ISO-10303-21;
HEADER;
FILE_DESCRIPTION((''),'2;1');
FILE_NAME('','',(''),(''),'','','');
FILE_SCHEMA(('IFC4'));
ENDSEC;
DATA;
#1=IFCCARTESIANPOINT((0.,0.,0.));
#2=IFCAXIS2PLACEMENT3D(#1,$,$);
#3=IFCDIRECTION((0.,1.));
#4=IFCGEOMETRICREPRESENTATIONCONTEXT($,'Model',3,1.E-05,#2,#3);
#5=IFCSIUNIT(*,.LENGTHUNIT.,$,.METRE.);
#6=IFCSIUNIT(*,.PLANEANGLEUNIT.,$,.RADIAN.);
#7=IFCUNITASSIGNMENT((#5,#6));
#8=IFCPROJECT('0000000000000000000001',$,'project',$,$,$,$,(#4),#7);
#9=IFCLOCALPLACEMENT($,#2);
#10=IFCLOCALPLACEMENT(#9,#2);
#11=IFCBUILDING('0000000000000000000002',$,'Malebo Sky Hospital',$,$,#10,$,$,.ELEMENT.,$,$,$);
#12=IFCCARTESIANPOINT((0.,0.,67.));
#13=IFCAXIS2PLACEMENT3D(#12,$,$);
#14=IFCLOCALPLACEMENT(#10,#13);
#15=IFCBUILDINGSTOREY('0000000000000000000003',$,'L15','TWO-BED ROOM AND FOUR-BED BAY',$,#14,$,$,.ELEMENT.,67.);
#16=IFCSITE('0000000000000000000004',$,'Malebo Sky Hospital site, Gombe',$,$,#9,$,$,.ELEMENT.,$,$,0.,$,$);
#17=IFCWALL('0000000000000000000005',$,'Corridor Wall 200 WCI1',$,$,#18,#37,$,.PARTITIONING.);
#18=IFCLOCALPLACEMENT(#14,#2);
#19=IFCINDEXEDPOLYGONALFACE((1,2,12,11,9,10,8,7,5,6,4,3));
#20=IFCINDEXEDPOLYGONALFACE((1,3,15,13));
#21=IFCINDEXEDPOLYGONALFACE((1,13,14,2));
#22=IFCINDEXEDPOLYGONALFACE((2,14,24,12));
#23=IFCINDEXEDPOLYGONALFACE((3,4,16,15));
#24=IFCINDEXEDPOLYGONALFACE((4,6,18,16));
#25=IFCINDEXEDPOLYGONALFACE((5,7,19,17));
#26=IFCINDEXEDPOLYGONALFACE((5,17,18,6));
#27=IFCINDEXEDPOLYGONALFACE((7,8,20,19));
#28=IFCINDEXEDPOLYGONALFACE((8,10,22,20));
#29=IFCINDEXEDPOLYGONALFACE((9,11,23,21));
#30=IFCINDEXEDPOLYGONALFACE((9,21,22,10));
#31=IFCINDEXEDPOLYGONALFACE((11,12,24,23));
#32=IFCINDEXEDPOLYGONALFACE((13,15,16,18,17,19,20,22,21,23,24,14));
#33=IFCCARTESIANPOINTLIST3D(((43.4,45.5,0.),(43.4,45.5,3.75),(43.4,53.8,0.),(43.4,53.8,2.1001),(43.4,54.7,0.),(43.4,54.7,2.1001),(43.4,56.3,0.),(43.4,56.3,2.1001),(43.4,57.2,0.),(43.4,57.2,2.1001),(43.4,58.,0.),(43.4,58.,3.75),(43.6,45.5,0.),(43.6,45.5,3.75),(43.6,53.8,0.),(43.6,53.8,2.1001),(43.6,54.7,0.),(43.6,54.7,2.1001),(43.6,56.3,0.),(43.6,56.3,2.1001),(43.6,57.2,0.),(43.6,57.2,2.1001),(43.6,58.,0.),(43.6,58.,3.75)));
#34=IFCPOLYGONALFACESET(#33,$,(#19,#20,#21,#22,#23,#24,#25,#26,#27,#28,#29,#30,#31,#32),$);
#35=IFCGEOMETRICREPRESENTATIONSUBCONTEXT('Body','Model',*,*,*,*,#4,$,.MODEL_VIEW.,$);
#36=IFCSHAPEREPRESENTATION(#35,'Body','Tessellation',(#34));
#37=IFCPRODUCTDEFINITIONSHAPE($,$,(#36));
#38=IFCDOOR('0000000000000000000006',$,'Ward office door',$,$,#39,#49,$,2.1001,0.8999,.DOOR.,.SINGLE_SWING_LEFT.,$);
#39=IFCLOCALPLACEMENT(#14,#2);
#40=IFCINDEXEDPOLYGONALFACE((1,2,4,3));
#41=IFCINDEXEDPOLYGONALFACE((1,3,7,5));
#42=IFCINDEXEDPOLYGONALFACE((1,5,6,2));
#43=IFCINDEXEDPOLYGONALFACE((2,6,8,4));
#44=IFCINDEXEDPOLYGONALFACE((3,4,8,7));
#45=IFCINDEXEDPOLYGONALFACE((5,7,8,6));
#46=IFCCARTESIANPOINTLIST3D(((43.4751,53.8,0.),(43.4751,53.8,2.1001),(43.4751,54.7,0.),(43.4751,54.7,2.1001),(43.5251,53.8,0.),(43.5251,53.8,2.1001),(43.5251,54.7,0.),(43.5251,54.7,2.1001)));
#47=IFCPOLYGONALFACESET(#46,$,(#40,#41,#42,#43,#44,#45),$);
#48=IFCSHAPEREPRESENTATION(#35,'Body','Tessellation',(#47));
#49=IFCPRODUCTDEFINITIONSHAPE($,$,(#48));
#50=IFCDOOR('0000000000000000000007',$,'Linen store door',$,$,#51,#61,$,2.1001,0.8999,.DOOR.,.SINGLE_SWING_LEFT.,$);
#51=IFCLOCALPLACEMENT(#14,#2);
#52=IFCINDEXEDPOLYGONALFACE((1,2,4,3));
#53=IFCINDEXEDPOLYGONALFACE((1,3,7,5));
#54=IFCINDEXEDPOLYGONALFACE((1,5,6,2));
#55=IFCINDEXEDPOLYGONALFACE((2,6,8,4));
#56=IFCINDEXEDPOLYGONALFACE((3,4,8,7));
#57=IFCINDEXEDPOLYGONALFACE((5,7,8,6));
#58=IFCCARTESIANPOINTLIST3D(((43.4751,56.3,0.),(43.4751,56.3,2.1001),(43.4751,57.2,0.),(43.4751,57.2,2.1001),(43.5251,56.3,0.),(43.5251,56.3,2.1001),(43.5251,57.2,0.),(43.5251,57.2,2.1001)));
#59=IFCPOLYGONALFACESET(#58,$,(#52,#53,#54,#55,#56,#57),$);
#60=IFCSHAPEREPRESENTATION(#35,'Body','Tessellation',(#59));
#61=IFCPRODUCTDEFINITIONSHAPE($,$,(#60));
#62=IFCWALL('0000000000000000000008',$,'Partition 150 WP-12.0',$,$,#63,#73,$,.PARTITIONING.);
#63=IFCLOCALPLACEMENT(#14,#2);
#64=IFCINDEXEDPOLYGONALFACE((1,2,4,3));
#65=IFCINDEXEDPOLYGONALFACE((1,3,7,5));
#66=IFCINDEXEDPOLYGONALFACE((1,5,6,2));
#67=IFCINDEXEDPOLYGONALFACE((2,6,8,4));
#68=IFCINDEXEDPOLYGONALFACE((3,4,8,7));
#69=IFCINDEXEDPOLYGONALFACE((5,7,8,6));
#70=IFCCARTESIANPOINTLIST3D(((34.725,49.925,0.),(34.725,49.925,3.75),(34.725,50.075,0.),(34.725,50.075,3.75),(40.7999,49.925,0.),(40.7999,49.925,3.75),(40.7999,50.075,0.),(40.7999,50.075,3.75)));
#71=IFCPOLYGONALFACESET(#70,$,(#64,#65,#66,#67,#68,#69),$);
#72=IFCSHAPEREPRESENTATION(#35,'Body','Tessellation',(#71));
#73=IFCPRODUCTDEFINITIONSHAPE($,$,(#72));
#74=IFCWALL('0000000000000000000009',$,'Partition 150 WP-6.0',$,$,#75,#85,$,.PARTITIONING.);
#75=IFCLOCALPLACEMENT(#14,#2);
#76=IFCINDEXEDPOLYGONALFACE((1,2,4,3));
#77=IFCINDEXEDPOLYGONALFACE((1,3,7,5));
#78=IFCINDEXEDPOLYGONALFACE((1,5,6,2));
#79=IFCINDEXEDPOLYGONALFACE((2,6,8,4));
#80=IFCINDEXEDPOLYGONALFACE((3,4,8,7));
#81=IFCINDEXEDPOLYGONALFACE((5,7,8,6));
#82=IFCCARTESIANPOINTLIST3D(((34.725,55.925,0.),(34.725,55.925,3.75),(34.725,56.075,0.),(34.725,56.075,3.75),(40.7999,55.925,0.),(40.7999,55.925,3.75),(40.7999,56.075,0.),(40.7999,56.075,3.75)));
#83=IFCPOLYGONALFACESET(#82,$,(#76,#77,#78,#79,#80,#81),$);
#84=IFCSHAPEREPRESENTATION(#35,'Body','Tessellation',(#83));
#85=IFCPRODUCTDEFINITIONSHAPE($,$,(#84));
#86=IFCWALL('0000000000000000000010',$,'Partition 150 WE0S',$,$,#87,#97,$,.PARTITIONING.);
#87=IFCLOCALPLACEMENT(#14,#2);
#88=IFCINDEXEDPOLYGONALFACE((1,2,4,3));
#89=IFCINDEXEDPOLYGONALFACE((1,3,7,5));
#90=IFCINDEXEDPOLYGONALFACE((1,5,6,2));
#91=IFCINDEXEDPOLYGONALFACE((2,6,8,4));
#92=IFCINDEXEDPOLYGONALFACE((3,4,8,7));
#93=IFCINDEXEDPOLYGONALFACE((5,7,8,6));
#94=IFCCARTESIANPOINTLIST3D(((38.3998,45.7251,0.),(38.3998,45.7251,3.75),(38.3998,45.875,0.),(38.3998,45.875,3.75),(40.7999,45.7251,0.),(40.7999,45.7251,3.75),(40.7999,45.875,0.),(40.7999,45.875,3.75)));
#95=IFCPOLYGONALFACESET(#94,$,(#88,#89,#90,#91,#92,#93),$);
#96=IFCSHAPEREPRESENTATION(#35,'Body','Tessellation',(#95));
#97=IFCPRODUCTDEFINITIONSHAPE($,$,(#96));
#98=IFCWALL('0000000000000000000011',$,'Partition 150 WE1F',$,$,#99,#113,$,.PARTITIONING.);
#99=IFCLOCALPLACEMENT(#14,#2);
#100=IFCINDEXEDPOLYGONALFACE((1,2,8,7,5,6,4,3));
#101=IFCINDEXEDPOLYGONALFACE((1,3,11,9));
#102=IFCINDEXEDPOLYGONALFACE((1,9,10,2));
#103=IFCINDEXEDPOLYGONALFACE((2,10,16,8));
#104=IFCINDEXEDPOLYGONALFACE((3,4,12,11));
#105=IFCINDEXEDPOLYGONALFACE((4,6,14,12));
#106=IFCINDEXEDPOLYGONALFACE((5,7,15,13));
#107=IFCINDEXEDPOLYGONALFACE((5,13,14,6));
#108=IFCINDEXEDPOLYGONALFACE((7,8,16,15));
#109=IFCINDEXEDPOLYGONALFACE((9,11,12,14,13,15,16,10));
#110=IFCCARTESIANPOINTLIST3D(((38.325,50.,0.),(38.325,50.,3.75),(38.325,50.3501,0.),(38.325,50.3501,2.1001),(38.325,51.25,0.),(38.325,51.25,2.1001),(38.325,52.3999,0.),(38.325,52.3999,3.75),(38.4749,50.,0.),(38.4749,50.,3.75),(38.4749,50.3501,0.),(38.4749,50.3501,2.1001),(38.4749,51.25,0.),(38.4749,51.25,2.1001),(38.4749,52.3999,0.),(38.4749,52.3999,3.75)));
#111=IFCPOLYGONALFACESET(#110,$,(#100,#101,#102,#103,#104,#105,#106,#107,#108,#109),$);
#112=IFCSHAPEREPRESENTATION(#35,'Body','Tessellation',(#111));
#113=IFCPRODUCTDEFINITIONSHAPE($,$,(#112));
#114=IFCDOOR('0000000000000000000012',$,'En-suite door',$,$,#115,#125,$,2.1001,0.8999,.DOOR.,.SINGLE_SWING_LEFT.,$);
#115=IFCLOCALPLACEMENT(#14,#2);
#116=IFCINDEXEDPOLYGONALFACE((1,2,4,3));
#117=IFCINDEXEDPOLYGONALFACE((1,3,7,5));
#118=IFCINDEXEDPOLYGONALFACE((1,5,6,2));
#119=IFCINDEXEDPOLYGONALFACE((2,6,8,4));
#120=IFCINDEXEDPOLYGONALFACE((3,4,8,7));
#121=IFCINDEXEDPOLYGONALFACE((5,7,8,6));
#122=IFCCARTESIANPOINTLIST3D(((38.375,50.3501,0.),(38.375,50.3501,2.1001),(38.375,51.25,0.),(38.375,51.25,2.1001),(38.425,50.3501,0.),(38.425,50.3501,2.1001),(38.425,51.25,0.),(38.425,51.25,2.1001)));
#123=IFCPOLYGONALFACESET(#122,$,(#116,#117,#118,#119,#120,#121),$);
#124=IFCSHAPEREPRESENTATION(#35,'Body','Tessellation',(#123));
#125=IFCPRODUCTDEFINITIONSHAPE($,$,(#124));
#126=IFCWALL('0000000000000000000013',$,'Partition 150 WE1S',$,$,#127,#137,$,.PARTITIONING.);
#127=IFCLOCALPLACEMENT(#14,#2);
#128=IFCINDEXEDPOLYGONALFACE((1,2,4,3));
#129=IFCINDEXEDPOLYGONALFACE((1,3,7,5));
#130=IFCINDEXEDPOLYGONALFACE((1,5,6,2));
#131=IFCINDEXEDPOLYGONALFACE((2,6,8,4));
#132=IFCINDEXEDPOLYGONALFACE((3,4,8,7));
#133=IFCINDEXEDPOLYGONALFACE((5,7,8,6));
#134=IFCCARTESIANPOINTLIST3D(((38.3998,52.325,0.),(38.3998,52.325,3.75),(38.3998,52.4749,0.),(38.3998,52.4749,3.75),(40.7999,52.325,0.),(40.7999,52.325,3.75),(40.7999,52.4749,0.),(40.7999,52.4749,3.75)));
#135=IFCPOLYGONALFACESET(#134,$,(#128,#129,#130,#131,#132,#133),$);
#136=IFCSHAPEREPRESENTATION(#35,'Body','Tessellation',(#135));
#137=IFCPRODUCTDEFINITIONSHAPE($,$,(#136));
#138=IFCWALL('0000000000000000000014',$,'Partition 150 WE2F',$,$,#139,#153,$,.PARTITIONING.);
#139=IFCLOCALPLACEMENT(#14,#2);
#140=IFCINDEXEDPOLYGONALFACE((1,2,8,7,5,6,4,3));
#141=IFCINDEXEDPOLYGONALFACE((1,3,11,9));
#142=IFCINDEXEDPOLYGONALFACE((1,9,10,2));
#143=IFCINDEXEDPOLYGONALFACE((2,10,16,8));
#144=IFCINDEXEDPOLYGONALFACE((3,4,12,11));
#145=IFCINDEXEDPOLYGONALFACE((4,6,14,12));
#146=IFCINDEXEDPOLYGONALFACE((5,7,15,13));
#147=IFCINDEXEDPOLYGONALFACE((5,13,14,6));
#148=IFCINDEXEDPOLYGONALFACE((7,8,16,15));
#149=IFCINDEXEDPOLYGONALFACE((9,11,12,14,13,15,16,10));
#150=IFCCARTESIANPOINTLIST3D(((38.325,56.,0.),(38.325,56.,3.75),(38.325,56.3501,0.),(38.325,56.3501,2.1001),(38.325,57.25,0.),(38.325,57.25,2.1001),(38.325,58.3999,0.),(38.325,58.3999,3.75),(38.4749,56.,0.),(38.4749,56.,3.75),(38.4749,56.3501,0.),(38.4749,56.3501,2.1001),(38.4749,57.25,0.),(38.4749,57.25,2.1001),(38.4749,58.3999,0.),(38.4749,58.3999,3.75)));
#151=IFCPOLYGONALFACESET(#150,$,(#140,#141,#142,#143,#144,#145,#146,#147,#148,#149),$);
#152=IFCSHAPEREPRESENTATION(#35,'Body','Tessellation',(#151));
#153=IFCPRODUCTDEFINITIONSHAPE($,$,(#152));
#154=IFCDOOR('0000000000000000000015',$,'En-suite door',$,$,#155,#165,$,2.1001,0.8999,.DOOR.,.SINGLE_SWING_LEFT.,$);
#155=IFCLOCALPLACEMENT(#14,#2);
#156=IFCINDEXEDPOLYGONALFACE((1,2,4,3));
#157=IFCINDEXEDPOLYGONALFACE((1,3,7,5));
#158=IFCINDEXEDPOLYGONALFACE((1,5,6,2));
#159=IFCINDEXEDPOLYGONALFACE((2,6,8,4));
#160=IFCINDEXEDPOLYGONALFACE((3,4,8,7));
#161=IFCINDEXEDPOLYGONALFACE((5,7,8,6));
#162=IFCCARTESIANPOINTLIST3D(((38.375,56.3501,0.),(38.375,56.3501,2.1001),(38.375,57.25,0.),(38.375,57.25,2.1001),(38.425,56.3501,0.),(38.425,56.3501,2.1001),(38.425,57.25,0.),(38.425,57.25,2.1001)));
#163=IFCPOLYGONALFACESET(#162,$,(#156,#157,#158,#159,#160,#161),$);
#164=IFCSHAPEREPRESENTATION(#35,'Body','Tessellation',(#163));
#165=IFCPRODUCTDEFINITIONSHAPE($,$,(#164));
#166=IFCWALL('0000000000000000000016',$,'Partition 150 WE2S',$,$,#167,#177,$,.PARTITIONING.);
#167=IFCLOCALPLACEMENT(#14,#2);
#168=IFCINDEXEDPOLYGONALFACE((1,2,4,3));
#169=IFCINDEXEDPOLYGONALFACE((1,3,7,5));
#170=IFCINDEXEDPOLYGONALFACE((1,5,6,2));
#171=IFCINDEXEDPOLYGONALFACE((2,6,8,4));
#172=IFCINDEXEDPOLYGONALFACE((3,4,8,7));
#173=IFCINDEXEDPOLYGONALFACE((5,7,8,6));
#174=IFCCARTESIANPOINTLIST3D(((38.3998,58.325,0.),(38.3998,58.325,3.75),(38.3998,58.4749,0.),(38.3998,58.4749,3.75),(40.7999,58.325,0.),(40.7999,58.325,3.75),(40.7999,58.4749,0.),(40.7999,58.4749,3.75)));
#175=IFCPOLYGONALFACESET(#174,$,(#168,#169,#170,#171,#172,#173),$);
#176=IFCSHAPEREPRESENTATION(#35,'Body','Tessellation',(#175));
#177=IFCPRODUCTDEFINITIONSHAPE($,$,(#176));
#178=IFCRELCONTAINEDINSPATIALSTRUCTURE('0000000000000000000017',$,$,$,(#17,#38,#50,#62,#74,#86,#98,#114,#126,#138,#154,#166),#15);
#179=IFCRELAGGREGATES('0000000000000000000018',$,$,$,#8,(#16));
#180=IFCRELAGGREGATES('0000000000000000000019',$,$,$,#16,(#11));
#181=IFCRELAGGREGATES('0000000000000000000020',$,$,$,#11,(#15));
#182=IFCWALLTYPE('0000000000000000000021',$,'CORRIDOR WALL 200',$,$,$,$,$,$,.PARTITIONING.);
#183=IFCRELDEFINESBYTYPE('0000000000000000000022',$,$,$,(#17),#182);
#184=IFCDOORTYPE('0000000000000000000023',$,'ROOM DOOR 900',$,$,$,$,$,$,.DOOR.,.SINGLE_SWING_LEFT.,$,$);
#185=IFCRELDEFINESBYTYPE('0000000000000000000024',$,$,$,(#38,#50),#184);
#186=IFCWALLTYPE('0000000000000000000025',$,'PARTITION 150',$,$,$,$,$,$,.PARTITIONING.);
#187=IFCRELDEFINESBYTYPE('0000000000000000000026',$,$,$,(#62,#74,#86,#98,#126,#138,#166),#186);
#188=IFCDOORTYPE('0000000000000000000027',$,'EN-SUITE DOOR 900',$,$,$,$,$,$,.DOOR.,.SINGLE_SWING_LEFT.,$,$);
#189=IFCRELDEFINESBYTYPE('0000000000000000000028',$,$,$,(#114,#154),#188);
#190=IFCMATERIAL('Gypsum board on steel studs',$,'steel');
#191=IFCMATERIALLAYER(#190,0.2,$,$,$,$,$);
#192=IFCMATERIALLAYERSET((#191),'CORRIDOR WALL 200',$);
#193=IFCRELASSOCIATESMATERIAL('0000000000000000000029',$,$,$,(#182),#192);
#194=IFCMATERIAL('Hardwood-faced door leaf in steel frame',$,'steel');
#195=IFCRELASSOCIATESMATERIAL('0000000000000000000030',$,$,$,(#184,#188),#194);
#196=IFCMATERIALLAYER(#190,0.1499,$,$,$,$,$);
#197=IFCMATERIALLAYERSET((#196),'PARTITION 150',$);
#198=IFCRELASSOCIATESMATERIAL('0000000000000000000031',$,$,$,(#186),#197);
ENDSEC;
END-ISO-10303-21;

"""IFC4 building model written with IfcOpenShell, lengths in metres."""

from ifc_helpers import new_model, si_unit, direction, frame, frame_2d, origin, place, context, subcontext, project, spatial, rectangle, extrude, material, layer, layer_set, type_object, element, fill, save


model = new_model("IFC4")

# Units and contexts
model_context = context("Model", 3, precision=1e-05, world=origin(), true_north=direction((0.0, 1.0)))
body_context = subcontext(model_context, "Body", "Model", "MODEL_VIEW")
ifc_project = project(units=[si_unit("LENGTHUNIT", "METRE"), si_unit("PLANEANGLEUNIT", "RADIAN")], contexts=[model_context])

# Site, building, storey
site_placement = place(None, origin())
site = spatial("IfcSite", under=ifc_project, at=site_placement, Name="Malebo Sky Hospital site, Gombe", CompositionType="ELEMENT", RefElevation=0.0)
building_placement = place(site_placement, origin())
building = spatial("IfcBuilding", under=site, at=building_placement, Name="Malebo Sky Hospital", CompositionType="ELEMENT")
storey_placement = place(building_placement, frame((0.0, 0.0, 67.0)))
storey = spatial("IfcBuildingStorey", under=building, at=storey_placement, Name="L15", Description="TWO-BED ROOM AND FOUR-BED BAY", CompositionType="ELEMENT", Elevation=67.0)

# Wall, openings, doors
ifc_material_1 = material(Name="Gypsum board on steel studs", Category="steel")
ifc_layer_1 = layer(ifc_material_1, 0.2)
ifc_layer_set_1 = layer_set([ifc_layer_1], Name="CORRIDOR WALL 200")
wall_type_1 = type_object("IfcWallType", Name="CORRIDOR WALL 200", PredefinedType="PARTITIONING", material=ifc_layer_set_1)
wall_1_placement = place(storey_placement, frame((43.5, 45.5, 0.0), z_axis=(0.0, 0.0, 1.0), x_axis=(0.0, 1.0, 0.0)))
wall_1 = element("IfcWall", 1, at=wall_1_placement, inside=storey, type_object=wall_type_1, Name="Corridor Wall 200 WCI1", PredefinedType="PARTITIONING", context=body_context, shape_type="SweptSolid", body=[
    extrude(rectangle(XDim=12.5, YDim=0.2, at=frame_2d((6.25, 0.0))), origin(), (0.0, 0.0, 1.0), 3.75),
])
opening_1_placement = place(wall_1_placement, frame((8.3, 0.0, 0.0)))
opening_1 = element("IfcOpeningElement", 2, at=opening_1_placement, cuts=wall_1, PredefinedType="OPENING", context=body_context, shape_type="SweptSolid", body=[
    extrude(rectangle(XDim=0.8999, YDim=2.1001, at=frame_2d((0.45, 1.05))), frame((0.0, 0.1099, 0.0), z_axis=(0.0, -1.0, 0.0), x_axis=(1.0, 0.0, 0.0)), (0.0, 0.0, 1.0), 0.22),
])
opening_2_placement = place(wall_1_placement, frame((10.8, 0.0, 0.0)))
opening_2 = element("IfcOpeningElement", 3, at=opening_2_placement, cuts=wall_1, PredefinedType="OPENING", context=body_context, shape_type="SweptSolid", body=[
    extrude(rectangle(XDim=0.8999, YDim=2.1001, at=frame_2d((0.45, 1.05))), frame((0.0, 0.1099, 0.0), z_axis=(0.0, -1.0, 0.0), x_axis=(1.0, 0.0, 0.0)), (0.0, 0.0, 1.0), 0.22),
])
ifc_material_2 = material(Name="Hardwood-faced door leaf in steel frame", Category="steel")
door_type_1 = type_object("IfcDoorType", Name="ROOM DOOR 900", OperationType="SINGLE_SWING_LEFT", PredefinedType="DOOR", material=ifc_material_2)
door_1_placement = place(opening_1_placement, origin())
door_1 = element("IfcDoor", 4, at=door_1_placement, inside=storey, type_object=door_type_1, Name="Ward office door", OperationType="SINGLE_SWING_LEFT", OverallHeight=2.1001, OverallWidth=0.8999, PredefinedType="DOOR", context=body_context, shape_type="SweptSolid", body=[
    extrude(rectangle(XDim=0.8999, YDim=2.1001, at=frame_2d((0.45, 1.05))), frame((0.0, 0.0249, 0.0), z_axis=(0.0, -1.0, 0.0), x_axis=(1.0, 0.0, 0.0)), (0.0, 0.0, 1.0), 0.05),
])
fill(opening_1, door_1)
door_2_placement = place(opening_2_placement, origin())
door_2 = element("IfcDoor", 5, at=door_2_placement, inside=storey, type_object=door_type_1, Name="Linen store door", OperationType="SINGLE_SWING_LEFT", OverallHeight=2.1001, OverallWidth=0.8999, PredefinedType="DOOR", context=body_context, shape_type="SweptSolid", body=[
    extrude(rectangle(XDim=0.8999, YDim=2.1001, at=frame_2d((0.45, 1.05))), frame((0.0, 0.0249, 0.0), z_axis=(0.0, -1.0, 0.0), x_axis=(1.0, 0.0, 0.0)), (0.0, 0.0, 1.0), 0.05),
])
fill(opening_2, door_2)

# Walls
ifc_layer_2 = layer(ifc_material_1, 0.1499)
ifc_layer_set_2 = layer_set([ifc_layer_2], Name="PARTITION 150")
wall_type_2 = type_object("IfcWallType", Name="PARTITION 150", PredefinedType="PARTITIONING", material=ifc_layer_set_2)
for number, where, z_axis, x_axis, name in (
    (6, (40.8, 50.0, 0.0), (0.0, 0.0, 1.0), (-1.0, 0.0, 0.0), "Partition 150 WP-12.0"),
    (7, (40.8, 56.0, 0.0), (0.0, 0.0, 1.0), (-1.0, 0.0, 0.0), "Partition 150 WP-6.0"),
):
    element("IfcWall", number, at=place(storey_placement, frame(where, z_axis=z_axis, x_axis=x_axis)), inside=storey, type_object=wall_type_2, Name=name, PredefinedType="PARTITIONING", context=body_context, shape_type="SweptSolid", body=[
        extrude(rectangle(XDim=6.075, YDim=0.1499, at=frame_2d((3.0376, 0.0))), origin(), (0.0, 0.0, 1.0), 3.75),
    ])
wall_2_placement = place(storey_placement, frame((40.8, 45.8, 0.0), z_axis=(0.0, 0.0, 1.0), x_axis=(-1.0, 0.0, 0.0)))
element("IfcWall", 8, at=wall_2_placement, inside=storey, type_object=wall_type_2, Name="Partition 150 WE0S", PredefinedType="PARTITIONING", context=body_context, shape_type="SweptSolid", body=[
    extrude(rectangle(XDim=2.4001, YDim=0.1499, at=frame_2d((1.2002, 0.0))), origin(), (0.0, 0.0, 1.0), 3.75),
])

# Wall, opening, door
wall_3_placement = place(storey_placement, frame((38.3999, 50.0, 0.0), z_axis=(0.0, 0.0, 1.0), x_axis=(0.0, 1.0, 0.0)))
wall_3 = element("IfcWall", 9, at=wall_3_placement, inside=storey, type_object=wall_type_2, Name="Partition 150 WE1F", PredefinedType="PARTITIONING", context=body_context, shape_type="SweptSolid", body=[
    extrude(rectangle(XDim=2.3999, YDim=0.1499, at=frame_2d((1.2, 0.0))), origin(), (0.0, 0.0, 1.0), 3.75),
])
opening_3_placement = place(wall_3_placement, frame((0.3501, 0.0, 0.0)))
opening_3 = element("IfcOpeningElement", 10, at=opening_3_placement, cuts=wall_3, PredefinedType="OPENING", context=body_context, shape_type="SweptSolid", body=[
    extrude(rectangle(XDim=0.8999, YDim=2.1001, at=frame_2d((0.45, 1.05))), frame((0.0, 0.085, 0.0), z_axis=(0.0, -1.0, 0.0), x_axis=(1.0, 0.0, 0.0)), (0.0, 0.0, 1.0), 0.1699),
])
door_type_2 = type_object("IfcDoorType", Name="EN-SUITE DOOR 900", OperationType="SINGLE_SWING_LEFT", PredefinedType="DOOR", material=ifc_material_2)
door_3_placement = place(opening_3_placement, origin())
door_3 = element("IfcDoor", 11, at=door_3_placement, inside=storey, type_object=door_type_2, Name="En-suite door", OperationType="SINGLE_SWING_LEFT", OverallHeight=2.1001, OverallWidth=0.8999, PredefinedType="DOOR", context=body_context, shape_type="SweptSolid", body=[
    extrude(rectangle(XDim=0.8999, YDim=2.1001, at=frame_2d((0.45, 1.05))), frame((0.0, 0.0249, 0.0), z_axis=(0.0, -1.0, 0.0), x_axis=(1.0, 0.0, 0.0)), (0.0, 0.0, 1.0), 0.05),
])
fill(opening_3, door_3)

# Wall
wall_4_placement = place(storey_placement, frame((40.8, 52.3999, 0.0), z_axis=(0.0, 0.0, 1.0), x_axis=(-1.0, 0.0, 0.0)))
element("IfcWall", 12, at=wall_4_placement, inside=storey, type_object=wall_type_2, Name="Partition 150 WE1S", PredefinedType="PARTITIONING", context=body_context, shape_type="SweptSolid", body=[
    extrude(rectangle(XDim=2.4001, YDim=0.1499, at=frame_2d((1.2002, 0.0))), origin(), (0.0, 0.0, 1.0), 3.75),
])

# Wall, opening, door
wall_5_placement = place(storey_placement, frame((38.3999, 56.0, 0.0), z_axis=(0.0, 0.0, 1.0), x_axis=(0.0, 1.0, 0.0)))
wall_5 = element("IfcWall", 13, at=wall_5_placement, inside=storey, type_object=wall_type_2, Name="Partition 150 WE2F", PredefinedType="PARTITIONING", context=body_context, shape_type="SweptSolid", body=[
    extrude(rectangle(XDim=2.3999, YDim=0.1499, at=frame_2d((1.2, 0.0))), origin(), (0.0, 0.0, 1.0), 3.75),
])
opening_4_placement = place(wall_5_placement, frame((0.3501, 0.0, 0.0)))
opening_4 = element("IfcOpeningElement", 14, at=opening_4_placement, cuts=wall_5, PredefinedType="OPENING", context=body_context, shape_type="SweptSolid", body=[
    extrude(rectangle(XDim=0.8999, YDim=2.1001, at=frame_2d((0.45, 1.05))), frame((0.0, 0.085, 0.0), z_axis=(0.0, -1.0, 0.0), x_axis=(1.0, 0.0, 0.0)), (0.0, 0.0, 1.0), 0.1699),
])
door_4_placement = place(opening_4_placement, origin())
door_4 = element("IfcDoor", 15, at=door_4_placement, inside=storey, type_object=door_type_2, Name="En-suite door", OperationType="SINGLE_SWING_LEFT", OverallHeight=2.1001, OverallWidth=0.8999, PredefinedType="DOOR", context=body_context, shape_type="SweptSolid", body=[
    extrude(rectangle(XDim=0.8999, YDim=2.1001, at=frame_2d((0.45, 1.05))), frame((0.0, 0.0249, 0.0), z_axis=(0.0, -1.0, 0.0), x_axis=(1.0, 0.0, 0.0)), (0.0, 0.0, 1.0), 0.05),
])
fill(opening_4, door_4)

# Wall
wall_6_placement = place(storey_placement, frame((40.8, 58.3999, 0.0), z_axis=(0.0, 0.0, 1.0), x_axis=(-1.0, 0.0, 0.0)))
element("IfcWall", 16, at=wall_6_placement, inside=storey, type_object=wall_type_2, Name="Partition 150 WE2S", PredefinedType="PARTITIONING", context=body_context, shape_type="SweptSolid", body=[
    extrude(rectangle(XDim=2.4001, YDim=0.1499, at=frame_2d((1.2002, 0.0))), origin(), (0.0, 0.0, 1.0), 3.75),
])

save(model, "model.ifc")
